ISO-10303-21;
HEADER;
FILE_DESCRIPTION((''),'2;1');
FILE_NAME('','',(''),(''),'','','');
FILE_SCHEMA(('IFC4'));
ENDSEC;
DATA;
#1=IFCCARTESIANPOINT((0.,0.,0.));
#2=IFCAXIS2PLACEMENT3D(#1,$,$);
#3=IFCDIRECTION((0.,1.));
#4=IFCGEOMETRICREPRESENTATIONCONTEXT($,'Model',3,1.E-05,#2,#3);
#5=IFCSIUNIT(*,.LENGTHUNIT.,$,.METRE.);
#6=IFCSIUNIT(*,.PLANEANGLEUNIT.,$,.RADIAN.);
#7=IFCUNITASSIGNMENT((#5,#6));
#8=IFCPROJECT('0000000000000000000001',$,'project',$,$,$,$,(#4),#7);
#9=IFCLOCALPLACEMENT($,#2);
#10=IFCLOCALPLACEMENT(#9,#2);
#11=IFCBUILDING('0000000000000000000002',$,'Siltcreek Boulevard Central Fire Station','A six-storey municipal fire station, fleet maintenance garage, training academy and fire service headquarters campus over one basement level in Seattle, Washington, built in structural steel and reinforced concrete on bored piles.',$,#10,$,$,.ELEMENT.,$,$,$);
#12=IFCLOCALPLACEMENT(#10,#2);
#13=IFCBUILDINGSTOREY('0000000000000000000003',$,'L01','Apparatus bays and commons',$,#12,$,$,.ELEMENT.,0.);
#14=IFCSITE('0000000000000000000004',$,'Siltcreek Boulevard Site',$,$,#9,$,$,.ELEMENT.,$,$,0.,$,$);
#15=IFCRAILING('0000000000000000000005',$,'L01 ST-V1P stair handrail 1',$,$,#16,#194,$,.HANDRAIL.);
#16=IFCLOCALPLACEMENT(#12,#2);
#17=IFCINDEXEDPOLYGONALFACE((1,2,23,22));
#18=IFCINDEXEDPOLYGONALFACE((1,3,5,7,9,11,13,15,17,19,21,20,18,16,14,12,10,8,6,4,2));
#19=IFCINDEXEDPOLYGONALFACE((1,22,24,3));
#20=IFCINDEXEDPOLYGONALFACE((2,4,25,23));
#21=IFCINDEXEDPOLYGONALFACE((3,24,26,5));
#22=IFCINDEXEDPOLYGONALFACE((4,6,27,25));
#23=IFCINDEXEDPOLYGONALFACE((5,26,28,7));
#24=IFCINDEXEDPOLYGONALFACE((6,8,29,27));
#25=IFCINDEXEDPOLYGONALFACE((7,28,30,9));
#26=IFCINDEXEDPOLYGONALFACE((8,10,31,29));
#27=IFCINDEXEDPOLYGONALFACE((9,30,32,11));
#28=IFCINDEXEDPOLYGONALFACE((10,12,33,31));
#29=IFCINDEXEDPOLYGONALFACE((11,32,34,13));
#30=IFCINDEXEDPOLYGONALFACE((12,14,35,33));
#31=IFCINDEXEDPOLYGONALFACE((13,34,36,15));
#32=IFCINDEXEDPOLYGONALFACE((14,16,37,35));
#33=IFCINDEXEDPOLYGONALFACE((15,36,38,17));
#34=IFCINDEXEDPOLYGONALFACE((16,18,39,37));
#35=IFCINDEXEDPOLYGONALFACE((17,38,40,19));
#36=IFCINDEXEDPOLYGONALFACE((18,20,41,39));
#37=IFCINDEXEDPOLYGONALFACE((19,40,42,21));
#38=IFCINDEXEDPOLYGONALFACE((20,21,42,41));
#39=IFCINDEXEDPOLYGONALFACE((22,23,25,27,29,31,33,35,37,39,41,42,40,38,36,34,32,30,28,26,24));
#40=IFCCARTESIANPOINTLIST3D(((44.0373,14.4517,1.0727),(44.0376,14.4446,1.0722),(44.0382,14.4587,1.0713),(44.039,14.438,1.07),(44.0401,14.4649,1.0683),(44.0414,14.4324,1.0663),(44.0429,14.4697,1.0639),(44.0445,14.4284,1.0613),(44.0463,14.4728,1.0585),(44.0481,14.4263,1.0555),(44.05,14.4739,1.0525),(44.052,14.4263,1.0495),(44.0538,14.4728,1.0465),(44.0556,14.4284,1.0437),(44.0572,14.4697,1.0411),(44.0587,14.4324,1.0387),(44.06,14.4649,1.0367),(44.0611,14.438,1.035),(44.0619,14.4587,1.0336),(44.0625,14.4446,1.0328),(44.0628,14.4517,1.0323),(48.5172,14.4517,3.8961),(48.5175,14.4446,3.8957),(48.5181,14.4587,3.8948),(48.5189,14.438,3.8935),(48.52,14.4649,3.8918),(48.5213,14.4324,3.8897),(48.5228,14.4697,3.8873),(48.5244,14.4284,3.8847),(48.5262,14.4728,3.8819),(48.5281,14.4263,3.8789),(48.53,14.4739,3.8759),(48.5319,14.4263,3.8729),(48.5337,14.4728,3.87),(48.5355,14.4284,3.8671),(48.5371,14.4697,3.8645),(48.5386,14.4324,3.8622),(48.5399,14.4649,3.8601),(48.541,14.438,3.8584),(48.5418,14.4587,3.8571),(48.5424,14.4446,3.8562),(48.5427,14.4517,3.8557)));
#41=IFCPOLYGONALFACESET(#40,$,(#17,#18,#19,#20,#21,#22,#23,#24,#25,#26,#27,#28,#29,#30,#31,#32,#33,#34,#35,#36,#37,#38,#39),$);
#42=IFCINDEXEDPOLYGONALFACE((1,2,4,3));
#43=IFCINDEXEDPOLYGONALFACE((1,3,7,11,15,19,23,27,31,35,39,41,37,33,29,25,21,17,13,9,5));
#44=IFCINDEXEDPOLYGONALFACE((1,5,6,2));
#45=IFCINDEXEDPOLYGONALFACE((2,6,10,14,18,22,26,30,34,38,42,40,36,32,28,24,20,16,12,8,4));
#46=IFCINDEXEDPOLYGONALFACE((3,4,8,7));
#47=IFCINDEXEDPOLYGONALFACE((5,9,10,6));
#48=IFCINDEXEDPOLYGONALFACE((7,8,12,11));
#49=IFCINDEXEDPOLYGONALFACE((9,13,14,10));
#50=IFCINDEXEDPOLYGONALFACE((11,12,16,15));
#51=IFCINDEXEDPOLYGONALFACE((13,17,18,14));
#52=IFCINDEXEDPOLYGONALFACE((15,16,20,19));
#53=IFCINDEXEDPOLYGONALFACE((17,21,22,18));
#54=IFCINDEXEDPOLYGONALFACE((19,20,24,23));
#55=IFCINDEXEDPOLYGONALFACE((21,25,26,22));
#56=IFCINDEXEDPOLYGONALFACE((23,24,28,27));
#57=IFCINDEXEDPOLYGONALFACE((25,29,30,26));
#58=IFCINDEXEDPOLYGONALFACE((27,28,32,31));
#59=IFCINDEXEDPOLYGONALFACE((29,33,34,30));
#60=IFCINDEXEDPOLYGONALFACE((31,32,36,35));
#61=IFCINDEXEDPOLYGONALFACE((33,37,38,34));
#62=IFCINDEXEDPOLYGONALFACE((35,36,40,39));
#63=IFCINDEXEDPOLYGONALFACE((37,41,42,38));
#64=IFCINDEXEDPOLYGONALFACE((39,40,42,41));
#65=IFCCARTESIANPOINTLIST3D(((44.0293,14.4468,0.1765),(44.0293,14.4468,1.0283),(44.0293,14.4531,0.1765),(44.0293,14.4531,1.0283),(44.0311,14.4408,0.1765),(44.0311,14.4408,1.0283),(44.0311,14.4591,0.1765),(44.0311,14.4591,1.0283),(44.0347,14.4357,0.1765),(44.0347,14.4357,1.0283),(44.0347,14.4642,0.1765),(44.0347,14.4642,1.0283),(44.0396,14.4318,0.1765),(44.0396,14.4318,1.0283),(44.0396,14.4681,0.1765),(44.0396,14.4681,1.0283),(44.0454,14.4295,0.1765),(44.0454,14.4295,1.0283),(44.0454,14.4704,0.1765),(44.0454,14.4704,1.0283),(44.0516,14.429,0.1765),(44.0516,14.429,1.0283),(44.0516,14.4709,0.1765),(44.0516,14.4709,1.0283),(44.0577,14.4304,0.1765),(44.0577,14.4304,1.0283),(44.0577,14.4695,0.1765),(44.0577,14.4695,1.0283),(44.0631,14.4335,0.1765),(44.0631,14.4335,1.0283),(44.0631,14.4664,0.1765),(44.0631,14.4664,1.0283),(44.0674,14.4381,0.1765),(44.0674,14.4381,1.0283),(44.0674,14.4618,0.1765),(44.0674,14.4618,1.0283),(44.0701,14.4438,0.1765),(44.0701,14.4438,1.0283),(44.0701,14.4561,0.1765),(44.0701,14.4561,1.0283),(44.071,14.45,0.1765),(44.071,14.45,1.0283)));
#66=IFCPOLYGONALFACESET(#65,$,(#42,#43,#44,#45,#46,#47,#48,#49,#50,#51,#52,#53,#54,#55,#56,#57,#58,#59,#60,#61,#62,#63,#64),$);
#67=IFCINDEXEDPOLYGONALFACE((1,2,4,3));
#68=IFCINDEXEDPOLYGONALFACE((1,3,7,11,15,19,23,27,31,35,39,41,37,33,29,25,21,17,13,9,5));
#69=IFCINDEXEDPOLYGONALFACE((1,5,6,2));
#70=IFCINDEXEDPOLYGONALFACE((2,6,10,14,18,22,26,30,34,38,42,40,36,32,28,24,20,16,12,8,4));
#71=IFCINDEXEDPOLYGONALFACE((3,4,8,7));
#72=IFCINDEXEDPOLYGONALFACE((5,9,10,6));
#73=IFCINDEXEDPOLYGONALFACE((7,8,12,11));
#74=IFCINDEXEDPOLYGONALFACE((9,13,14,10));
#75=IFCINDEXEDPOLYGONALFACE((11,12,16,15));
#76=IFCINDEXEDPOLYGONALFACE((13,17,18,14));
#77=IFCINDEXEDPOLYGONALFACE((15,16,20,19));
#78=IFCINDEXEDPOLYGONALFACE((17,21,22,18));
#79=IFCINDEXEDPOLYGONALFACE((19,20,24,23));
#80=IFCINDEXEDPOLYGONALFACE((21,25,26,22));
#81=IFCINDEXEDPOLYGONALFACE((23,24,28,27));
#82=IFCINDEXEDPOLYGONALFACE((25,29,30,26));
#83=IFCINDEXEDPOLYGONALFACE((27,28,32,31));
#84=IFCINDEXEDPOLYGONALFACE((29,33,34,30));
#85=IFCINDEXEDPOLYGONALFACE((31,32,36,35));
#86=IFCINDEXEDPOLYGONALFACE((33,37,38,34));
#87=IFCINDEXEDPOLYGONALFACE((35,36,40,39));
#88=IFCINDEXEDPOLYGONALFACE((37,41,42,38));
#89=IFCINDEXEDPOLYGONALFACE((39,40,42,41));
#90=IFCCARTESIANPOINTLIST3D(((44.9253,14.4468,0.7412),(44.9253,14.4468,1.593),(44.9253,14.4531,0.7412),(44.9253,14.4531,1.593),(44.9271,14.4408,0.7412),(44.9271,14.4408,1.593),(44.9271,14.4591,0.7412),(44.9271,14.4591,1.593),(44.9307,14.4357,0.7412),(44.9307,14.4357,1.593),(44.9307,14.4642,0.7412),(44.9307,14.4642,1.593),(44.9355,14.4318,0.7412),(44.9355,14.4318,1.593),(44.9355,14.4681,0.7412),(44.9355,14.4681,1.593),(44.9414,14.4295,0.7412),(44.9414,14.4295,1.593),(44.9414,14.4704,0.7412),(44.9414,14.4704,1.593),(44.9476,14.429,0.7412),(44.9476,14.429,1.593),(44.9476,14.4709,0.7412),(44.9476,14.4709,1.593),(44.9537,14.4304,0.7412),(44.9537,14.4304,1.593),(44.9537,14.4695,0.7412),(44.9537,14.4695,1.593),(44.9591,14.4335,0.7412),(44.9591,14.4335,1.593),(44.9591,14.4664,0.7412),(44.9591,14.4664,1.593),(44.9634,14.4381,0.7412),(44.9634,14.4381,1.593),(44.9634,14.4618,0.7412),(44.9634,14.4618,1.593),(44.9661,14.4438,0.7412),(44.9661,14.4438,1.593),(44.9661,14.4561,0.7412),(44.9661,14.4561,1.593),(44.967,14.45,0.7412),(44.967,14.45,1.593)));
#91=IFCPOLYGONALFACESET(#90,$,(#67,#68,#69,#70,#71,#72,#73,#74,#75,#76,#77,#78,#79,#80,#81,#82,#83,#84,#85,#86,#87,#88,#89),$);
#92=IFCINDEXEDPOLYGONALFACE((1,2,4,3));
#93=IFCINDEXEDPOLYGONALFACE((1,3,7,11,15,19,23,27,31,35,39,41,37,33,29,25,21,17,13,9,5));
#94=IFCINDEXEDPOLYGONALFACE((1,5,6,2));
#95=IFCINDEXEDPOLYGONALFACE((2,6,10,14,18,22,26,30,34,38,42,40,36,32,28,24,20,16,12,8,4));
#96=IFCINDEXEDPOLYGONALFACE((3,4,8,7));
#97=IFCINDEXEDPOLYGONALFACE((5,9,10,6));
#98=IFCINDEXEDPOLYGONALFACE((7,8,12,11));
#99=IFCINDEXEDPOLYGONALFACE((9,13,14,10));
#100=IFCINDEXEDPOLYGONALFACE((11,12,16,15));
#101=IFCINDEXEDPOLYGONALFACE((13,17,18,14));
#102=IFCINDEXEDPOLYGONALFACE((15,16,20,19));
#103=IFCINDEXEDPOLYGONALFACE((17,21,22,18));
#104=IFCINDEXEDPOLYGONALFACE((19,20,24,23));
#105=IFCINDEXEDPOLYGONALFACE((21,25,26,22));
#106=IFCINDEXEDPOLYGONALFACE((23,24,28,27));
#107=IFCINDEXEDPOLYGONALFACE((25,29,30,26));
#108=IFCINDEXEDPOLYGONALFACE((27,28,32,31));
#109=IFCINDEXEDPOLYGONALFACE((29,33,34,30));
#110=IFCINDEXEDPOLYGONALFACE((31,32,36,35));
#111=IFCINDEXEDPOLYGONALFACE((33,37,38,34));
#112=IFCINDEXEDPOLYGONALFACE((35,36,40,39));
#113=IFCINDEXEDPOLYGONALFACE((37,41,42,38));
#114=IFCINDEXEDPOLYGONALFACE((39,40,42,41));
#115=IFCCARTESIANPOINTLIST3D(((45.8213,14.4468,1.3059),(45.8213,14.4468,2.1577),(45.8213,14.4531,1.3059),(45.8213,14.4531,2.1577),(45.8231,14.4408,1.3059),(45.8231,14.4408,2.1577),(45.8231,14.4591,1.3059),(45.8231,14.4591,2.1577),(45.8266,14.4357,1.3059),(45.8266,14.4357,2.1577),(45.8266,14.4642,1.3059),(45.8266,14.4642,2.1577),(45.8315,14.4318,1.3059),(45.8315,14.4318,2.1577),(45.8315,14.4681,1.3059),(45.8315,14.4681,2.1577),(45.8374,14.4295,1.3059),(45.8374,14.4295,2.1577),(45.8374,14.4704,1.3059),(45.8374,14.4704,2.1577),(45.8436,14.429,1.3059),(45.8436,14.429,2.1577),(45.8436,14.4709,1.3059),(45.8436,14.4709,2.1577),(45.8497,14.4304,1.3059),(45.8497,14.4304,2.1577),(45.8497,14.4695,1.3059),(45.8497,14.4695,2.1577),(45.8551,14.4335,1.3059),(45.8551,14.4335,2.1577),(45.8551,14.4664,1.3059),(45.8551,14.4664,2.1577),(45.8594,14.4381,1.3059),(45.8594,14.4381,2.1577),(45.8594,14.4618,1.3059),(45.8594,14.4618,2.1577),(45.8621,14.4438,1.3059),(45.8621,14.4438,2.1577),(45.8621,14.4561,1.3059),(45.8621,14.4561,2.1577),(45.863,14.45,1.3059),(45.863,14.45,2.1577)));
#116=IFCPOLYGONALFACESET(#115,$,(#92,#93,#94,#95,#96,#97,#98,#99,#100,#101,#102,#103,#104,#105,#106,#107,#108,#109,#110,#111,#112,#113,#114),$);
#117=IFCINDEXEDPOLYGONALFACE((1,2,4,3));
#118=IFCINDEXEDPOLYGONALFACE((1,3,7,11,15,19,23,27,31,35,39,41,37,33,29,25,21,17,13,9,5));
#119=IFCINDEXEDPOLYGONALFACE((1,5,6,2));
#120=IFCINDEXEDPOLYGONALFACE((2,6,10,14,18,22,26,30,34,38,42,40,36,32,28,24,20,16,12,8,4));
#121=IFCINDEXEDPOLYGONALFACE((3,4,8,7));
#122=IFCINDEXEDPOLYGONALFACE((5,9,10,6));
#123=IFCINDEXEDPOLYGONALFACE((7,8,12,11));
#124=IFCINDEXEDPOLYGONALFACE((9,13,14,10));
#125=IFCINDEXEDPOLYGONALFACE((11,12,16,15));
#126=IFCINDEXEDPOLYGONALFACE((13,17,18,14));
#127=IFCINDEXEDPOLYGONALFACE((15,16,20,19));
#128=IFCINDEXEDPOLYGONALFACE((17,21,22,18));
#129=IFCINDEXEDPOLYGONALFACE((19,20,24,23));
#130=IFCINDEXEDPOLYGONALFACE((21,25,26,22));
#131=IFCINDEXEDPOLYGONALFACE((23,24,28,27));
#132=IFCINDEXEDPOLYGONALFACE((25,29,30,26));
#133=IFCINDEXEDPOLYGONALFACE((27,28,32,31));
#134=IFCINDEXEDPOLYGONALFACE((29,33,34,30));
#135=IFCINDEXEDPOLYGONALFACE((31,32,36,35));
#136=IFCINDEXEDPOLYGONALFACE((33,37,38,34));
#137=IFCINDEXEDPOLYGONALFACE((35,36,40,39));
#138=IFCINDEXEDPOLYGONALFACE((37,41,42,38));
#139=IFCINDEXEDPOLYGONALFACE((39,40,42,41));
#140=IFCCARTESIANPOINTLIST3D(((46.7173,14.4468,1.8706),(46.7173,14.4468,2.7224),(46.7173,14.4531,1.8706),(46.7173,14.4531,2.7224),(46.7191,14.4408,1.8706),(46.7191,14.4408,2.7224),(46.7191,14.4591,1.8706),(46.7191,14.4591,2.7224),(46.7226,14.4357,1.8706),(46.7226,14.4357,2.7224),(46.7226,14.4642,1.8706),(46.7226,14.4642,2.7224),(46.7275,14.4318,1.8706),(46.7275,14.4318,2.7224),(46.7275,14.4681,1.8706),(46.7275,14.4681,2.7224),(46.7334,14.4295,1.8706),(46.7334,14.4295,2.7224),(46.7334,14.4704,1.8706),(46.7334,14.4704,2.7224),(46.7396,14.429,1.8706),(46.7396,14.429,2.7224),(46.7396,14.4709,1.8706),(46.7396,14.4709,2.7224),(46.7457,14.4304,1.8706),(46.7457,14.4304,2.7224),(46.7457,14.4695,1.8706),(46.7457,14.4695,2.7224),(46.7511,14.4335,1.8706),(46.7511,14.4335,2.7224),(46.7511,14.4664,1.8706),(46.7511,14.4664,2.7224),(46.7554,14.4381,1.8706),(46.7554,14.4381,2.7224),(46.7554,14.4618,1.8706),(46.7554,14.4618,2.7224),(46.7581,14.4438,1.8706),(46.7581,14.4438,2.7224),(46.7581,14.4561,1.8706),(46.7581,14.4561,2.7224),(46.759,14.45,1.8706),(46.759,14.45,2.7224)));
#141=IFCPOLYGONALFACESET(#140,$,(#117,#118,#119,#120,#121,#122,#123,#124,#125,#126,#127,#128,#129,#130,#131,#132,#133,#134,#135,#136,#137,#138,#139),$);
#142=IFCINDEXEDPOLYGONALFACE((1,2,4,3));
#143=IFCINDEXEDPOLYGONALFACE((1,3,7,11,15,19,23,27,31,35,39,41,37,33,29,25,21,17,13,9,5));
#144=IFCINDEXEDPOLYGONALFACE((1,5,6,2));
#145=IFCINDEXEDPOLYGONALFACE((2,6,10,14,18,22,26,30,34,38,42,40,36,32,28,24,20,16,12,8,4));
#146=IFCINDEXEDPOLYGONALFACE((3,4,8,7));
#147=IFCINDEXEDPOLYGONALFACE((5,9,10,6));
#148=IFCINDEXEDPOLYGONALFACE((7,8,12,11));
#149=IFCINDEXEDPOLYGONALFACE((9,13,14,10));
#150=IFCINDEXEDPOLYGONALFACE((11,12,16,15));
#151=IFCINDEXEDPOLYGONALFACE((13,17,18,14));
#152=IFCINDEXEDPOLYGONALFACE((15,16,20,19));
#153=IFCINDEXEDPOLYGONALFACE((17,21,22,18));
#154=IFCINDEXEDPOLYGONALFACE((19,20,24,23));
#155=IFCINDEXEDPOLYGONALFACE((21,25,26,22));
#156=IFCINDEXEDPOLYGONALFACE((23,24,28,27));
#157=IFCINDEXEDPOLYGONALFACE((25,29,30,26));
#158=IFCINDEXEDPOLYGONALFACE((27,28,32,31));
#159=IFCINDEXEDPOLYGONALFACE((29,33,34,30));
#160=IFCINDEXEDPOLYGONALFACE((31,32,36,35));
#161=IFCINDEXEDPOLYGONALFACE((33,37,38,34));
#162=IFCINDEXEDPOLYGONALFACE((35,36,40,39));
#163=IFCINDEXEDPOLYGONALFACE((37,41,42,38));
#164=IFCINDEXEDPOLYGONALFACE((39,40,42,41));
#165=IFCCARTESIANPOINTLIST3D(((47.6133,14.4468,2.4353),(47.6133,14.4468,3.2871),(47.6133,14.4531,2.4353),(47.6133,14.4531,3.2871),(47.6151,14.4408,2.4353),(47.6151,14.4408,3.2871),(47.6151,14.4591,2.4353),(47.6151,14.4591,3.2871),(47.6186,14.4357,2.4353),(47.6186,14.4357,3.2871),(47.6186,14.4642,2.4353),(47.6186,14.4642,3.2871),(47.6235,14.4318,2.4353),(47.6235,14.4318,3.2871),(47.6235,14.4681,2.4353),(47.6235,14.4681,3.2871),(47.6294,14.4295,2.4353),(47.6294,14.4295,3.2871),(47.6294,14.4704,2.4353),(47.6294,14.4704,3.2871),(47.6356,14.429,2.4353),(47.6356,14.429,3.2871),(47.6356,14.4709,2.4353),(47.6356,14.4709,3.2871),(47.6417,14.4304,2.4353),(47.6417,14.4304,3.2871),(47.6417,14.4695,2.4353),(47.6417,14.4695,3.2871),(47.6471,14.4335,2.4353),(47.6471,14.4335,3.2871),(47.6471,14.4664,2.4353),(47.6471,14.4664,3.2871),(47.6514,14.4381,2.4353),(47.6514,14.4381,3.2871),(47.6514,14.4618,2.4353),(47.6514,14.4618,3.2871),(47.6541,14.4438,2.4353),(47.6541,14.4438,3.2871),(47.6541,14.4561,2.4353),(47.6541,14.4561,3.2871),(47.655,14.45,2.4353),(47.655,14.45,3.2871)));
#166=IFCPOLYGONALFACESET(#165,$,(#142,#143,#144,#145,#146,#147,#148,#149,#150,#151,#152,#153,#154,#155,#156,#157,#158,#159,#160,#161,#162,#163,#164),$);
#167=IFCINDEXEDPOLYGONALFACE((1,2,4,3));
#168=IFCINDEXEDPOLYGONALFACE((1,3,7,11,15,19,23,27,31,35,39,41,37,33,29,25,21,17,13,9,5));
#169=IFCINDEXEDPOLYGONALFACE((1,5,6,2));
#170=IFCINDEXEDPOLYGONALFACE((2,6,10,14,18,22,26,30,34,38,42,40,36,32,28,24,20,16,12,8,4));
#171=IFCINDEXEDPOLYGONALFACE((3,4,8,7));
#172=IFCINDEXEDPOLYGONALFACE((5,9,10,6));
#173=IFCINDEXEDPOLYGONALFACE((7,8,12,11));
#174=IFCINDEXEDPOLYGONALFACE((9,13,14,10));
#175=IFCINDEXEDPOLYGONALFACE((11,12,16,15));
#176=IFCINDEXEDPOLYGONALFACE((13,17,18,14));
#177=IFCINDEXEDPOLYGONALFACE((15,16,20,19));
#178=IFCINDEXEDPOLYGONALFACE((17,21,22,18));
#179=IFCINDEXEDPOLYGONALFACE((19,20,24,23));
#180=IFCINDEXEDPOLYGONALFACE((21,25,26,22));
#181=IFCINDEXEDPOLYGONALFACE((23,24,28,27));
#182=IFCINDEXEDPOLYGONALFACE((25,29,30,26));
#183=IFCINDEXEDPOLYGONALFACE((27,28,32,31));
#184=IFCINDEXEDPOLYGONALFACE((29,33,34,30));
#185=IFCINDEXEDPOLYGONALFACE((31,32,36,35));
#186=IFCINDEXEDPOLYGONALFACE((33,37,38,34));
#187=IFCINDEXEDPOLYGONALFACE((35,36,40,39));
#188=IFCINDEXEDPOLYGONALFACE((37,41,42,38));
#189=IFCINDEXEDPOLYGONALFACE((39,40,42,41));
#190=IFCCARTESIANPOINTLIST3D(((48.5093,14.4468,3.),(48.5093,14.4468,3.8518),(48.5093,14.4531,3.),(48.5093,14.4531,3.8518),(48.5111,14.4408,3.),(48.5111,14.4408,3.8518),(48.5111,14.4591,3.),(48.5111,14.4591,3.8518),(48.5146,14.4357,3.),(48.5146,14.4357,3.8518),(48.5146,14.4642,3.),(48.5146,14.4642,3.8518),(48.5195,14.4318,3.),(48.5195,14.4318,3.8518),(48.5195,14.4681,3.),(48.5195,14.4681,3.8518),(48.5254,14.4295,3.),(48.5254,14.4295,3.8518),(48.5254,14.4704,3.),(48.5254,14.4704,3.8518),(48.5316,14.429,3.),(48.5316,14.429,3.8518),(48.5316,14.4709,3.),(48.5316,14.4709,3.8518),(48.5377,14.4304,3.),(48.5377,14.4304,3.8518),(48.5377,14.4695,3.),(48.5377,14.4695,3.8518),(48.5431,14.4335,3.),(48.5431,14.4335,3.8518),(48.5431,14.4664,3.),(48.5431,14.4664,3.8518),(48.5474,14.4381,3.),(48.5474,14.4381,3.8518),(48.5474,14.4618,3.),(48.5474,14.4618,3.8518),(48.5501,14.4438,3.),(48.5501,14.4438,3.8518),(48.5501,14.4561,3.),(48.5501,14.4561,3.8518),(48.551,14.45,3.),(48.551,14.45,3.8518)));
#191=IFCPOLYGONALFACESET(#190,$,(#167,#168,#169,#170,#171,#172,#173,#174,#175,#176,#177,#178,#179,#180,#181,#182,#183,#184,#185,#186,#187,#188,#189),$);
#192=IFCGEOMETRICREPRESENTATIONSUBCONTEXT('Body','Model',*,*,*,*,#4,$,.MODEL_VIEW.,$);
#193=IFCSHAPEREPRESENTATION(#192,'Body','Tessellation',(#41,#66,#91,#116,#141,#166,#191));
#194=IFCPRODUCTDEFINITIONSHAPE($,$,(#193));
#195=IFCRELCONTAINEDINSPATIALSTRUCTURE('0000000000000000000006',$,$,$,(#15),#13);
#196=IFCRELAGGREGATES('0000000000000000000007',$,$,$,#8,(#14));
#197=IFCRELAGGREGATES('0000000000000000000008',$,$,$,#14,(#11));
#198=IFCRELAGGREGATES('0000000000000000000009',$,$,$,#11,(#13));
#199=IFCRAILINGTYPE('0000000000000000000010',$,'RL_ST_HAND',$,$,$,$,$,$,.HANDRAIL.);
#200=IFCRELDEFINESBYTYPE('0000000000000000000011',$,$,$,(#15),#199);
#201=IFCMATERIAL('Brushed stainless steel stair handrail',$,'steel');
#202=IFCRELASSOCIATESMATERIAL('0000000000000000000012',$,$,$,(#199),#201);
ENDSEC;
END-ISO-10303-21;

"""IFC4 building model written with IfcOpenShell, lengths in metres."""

from ifc_helpers import new_model, si_unit, direction, frame, origin, origin_2d, place, context, subcontext, project, spatial, circle, extrude, material, type_object, element, save


model = new_model("IFC4")

# Units and contexts
model_context = context("Model", 3, precision=1e-05, world=origin(), true_north=direction((0.0, 1.0)))
body_context = subcontext(model_context, "Body", "Model", "MODEL_VIEW")
ifc_project = project(units=[si_unit("LENGTHUNIT", "METRE"), si_unit("PLANEANGLEUNIT", "RADIAN")], contexts=[model_context])

# Site, building, storey
site_placement = place(None, origin())
site = spatial("IfcSite", under=ifc_project, at=site_placement, Name="Siltcreek Boulevard Site", CompositionType="ELEMENT", RefElevation=0.0)
building_placement = place(site_placement, origin())
building = spatial("IfcBuilding", under=site, at=building_placement, Name="Siltcreek Boulevard Central Fire Station", Description="A six-storey municipal fire station, fleet maintenance garage, training academy and fire service headquarters campus over one basement level in Seattle, Washington, built in structural steel and reinforced concrete on bored piles.", CompositionType="ELEMENT")
storey_placement = place(building_placement, origin())
storey = spatial("IfcBuildingStorey", under=building, at=storey_placement, Name="L01", Description="Apparatus bays and commons", CompositionType="ELEMENT", Elevation=0.0)

# Railing
ifc_material_1 = material(Name="Brushed stainless steel stair handrail", Category="steel")
railing_type_1 = type_object("IfcRailingType", Name="RL_ST_HAND", PredefinedType="HANDRAIL", material=ifc_material_1)
railing_1_placement = place(storey_placement, frame((44.05, 14.45, 0.1765)))
element("IfcRailing", 1, at=railing_1_placement, inside=storey, type_object=railing_type_1, Name="L01 ST-V1P stair handrail 1", PredefinedType="HANDRAIL", context=body_context, shape_type="SweptSolid", body=[
    extrude(circle(Radius=0.0239, at=origin_2d()), frame((0.0, 0.0, 0.876), z_axis=(0.845998, 0.0, 0.533186), x_axis=(0.0, 1.0, 0.0)), (0.0, 0.0, 1.0), 5.2954),
    extrude(circle(Radius=0.021, at=origin_2d()), origin(), (0.0, 0.0, 1.0), 0.8518),
    extrude(circle(Radius=0.021, at=origin_2d()), frame((0.896, 0.0, 0.5647)), (0.0, 0.0, 1.0), 0.8518),
    extrude(circle(Radius=0.021, at=origin_2d()), frame((1.792, 0.0, 1.1294)), (0.0, 0.0, 1.0), 0.8518),
    extrude(circle(Radius=0.021, at=origin_2d()), frame((2.688, 0.0, 1.6941)), (0.0, 0.0, 1.0), 0.8518),
    extrude(circle(Radius=0.021, at=origin_2d()), frame((3.584, 0.0, 2.2588)), (0.0, 0.0, 1.0), 0.8518),
    extrude(circle(Radius=0.021, at=origin_2d()), frame((4.48, 0.0, 2.8235)), (0.0, 0.0, 1.0), 0.8518),
])

save(model, "model.ifc")
